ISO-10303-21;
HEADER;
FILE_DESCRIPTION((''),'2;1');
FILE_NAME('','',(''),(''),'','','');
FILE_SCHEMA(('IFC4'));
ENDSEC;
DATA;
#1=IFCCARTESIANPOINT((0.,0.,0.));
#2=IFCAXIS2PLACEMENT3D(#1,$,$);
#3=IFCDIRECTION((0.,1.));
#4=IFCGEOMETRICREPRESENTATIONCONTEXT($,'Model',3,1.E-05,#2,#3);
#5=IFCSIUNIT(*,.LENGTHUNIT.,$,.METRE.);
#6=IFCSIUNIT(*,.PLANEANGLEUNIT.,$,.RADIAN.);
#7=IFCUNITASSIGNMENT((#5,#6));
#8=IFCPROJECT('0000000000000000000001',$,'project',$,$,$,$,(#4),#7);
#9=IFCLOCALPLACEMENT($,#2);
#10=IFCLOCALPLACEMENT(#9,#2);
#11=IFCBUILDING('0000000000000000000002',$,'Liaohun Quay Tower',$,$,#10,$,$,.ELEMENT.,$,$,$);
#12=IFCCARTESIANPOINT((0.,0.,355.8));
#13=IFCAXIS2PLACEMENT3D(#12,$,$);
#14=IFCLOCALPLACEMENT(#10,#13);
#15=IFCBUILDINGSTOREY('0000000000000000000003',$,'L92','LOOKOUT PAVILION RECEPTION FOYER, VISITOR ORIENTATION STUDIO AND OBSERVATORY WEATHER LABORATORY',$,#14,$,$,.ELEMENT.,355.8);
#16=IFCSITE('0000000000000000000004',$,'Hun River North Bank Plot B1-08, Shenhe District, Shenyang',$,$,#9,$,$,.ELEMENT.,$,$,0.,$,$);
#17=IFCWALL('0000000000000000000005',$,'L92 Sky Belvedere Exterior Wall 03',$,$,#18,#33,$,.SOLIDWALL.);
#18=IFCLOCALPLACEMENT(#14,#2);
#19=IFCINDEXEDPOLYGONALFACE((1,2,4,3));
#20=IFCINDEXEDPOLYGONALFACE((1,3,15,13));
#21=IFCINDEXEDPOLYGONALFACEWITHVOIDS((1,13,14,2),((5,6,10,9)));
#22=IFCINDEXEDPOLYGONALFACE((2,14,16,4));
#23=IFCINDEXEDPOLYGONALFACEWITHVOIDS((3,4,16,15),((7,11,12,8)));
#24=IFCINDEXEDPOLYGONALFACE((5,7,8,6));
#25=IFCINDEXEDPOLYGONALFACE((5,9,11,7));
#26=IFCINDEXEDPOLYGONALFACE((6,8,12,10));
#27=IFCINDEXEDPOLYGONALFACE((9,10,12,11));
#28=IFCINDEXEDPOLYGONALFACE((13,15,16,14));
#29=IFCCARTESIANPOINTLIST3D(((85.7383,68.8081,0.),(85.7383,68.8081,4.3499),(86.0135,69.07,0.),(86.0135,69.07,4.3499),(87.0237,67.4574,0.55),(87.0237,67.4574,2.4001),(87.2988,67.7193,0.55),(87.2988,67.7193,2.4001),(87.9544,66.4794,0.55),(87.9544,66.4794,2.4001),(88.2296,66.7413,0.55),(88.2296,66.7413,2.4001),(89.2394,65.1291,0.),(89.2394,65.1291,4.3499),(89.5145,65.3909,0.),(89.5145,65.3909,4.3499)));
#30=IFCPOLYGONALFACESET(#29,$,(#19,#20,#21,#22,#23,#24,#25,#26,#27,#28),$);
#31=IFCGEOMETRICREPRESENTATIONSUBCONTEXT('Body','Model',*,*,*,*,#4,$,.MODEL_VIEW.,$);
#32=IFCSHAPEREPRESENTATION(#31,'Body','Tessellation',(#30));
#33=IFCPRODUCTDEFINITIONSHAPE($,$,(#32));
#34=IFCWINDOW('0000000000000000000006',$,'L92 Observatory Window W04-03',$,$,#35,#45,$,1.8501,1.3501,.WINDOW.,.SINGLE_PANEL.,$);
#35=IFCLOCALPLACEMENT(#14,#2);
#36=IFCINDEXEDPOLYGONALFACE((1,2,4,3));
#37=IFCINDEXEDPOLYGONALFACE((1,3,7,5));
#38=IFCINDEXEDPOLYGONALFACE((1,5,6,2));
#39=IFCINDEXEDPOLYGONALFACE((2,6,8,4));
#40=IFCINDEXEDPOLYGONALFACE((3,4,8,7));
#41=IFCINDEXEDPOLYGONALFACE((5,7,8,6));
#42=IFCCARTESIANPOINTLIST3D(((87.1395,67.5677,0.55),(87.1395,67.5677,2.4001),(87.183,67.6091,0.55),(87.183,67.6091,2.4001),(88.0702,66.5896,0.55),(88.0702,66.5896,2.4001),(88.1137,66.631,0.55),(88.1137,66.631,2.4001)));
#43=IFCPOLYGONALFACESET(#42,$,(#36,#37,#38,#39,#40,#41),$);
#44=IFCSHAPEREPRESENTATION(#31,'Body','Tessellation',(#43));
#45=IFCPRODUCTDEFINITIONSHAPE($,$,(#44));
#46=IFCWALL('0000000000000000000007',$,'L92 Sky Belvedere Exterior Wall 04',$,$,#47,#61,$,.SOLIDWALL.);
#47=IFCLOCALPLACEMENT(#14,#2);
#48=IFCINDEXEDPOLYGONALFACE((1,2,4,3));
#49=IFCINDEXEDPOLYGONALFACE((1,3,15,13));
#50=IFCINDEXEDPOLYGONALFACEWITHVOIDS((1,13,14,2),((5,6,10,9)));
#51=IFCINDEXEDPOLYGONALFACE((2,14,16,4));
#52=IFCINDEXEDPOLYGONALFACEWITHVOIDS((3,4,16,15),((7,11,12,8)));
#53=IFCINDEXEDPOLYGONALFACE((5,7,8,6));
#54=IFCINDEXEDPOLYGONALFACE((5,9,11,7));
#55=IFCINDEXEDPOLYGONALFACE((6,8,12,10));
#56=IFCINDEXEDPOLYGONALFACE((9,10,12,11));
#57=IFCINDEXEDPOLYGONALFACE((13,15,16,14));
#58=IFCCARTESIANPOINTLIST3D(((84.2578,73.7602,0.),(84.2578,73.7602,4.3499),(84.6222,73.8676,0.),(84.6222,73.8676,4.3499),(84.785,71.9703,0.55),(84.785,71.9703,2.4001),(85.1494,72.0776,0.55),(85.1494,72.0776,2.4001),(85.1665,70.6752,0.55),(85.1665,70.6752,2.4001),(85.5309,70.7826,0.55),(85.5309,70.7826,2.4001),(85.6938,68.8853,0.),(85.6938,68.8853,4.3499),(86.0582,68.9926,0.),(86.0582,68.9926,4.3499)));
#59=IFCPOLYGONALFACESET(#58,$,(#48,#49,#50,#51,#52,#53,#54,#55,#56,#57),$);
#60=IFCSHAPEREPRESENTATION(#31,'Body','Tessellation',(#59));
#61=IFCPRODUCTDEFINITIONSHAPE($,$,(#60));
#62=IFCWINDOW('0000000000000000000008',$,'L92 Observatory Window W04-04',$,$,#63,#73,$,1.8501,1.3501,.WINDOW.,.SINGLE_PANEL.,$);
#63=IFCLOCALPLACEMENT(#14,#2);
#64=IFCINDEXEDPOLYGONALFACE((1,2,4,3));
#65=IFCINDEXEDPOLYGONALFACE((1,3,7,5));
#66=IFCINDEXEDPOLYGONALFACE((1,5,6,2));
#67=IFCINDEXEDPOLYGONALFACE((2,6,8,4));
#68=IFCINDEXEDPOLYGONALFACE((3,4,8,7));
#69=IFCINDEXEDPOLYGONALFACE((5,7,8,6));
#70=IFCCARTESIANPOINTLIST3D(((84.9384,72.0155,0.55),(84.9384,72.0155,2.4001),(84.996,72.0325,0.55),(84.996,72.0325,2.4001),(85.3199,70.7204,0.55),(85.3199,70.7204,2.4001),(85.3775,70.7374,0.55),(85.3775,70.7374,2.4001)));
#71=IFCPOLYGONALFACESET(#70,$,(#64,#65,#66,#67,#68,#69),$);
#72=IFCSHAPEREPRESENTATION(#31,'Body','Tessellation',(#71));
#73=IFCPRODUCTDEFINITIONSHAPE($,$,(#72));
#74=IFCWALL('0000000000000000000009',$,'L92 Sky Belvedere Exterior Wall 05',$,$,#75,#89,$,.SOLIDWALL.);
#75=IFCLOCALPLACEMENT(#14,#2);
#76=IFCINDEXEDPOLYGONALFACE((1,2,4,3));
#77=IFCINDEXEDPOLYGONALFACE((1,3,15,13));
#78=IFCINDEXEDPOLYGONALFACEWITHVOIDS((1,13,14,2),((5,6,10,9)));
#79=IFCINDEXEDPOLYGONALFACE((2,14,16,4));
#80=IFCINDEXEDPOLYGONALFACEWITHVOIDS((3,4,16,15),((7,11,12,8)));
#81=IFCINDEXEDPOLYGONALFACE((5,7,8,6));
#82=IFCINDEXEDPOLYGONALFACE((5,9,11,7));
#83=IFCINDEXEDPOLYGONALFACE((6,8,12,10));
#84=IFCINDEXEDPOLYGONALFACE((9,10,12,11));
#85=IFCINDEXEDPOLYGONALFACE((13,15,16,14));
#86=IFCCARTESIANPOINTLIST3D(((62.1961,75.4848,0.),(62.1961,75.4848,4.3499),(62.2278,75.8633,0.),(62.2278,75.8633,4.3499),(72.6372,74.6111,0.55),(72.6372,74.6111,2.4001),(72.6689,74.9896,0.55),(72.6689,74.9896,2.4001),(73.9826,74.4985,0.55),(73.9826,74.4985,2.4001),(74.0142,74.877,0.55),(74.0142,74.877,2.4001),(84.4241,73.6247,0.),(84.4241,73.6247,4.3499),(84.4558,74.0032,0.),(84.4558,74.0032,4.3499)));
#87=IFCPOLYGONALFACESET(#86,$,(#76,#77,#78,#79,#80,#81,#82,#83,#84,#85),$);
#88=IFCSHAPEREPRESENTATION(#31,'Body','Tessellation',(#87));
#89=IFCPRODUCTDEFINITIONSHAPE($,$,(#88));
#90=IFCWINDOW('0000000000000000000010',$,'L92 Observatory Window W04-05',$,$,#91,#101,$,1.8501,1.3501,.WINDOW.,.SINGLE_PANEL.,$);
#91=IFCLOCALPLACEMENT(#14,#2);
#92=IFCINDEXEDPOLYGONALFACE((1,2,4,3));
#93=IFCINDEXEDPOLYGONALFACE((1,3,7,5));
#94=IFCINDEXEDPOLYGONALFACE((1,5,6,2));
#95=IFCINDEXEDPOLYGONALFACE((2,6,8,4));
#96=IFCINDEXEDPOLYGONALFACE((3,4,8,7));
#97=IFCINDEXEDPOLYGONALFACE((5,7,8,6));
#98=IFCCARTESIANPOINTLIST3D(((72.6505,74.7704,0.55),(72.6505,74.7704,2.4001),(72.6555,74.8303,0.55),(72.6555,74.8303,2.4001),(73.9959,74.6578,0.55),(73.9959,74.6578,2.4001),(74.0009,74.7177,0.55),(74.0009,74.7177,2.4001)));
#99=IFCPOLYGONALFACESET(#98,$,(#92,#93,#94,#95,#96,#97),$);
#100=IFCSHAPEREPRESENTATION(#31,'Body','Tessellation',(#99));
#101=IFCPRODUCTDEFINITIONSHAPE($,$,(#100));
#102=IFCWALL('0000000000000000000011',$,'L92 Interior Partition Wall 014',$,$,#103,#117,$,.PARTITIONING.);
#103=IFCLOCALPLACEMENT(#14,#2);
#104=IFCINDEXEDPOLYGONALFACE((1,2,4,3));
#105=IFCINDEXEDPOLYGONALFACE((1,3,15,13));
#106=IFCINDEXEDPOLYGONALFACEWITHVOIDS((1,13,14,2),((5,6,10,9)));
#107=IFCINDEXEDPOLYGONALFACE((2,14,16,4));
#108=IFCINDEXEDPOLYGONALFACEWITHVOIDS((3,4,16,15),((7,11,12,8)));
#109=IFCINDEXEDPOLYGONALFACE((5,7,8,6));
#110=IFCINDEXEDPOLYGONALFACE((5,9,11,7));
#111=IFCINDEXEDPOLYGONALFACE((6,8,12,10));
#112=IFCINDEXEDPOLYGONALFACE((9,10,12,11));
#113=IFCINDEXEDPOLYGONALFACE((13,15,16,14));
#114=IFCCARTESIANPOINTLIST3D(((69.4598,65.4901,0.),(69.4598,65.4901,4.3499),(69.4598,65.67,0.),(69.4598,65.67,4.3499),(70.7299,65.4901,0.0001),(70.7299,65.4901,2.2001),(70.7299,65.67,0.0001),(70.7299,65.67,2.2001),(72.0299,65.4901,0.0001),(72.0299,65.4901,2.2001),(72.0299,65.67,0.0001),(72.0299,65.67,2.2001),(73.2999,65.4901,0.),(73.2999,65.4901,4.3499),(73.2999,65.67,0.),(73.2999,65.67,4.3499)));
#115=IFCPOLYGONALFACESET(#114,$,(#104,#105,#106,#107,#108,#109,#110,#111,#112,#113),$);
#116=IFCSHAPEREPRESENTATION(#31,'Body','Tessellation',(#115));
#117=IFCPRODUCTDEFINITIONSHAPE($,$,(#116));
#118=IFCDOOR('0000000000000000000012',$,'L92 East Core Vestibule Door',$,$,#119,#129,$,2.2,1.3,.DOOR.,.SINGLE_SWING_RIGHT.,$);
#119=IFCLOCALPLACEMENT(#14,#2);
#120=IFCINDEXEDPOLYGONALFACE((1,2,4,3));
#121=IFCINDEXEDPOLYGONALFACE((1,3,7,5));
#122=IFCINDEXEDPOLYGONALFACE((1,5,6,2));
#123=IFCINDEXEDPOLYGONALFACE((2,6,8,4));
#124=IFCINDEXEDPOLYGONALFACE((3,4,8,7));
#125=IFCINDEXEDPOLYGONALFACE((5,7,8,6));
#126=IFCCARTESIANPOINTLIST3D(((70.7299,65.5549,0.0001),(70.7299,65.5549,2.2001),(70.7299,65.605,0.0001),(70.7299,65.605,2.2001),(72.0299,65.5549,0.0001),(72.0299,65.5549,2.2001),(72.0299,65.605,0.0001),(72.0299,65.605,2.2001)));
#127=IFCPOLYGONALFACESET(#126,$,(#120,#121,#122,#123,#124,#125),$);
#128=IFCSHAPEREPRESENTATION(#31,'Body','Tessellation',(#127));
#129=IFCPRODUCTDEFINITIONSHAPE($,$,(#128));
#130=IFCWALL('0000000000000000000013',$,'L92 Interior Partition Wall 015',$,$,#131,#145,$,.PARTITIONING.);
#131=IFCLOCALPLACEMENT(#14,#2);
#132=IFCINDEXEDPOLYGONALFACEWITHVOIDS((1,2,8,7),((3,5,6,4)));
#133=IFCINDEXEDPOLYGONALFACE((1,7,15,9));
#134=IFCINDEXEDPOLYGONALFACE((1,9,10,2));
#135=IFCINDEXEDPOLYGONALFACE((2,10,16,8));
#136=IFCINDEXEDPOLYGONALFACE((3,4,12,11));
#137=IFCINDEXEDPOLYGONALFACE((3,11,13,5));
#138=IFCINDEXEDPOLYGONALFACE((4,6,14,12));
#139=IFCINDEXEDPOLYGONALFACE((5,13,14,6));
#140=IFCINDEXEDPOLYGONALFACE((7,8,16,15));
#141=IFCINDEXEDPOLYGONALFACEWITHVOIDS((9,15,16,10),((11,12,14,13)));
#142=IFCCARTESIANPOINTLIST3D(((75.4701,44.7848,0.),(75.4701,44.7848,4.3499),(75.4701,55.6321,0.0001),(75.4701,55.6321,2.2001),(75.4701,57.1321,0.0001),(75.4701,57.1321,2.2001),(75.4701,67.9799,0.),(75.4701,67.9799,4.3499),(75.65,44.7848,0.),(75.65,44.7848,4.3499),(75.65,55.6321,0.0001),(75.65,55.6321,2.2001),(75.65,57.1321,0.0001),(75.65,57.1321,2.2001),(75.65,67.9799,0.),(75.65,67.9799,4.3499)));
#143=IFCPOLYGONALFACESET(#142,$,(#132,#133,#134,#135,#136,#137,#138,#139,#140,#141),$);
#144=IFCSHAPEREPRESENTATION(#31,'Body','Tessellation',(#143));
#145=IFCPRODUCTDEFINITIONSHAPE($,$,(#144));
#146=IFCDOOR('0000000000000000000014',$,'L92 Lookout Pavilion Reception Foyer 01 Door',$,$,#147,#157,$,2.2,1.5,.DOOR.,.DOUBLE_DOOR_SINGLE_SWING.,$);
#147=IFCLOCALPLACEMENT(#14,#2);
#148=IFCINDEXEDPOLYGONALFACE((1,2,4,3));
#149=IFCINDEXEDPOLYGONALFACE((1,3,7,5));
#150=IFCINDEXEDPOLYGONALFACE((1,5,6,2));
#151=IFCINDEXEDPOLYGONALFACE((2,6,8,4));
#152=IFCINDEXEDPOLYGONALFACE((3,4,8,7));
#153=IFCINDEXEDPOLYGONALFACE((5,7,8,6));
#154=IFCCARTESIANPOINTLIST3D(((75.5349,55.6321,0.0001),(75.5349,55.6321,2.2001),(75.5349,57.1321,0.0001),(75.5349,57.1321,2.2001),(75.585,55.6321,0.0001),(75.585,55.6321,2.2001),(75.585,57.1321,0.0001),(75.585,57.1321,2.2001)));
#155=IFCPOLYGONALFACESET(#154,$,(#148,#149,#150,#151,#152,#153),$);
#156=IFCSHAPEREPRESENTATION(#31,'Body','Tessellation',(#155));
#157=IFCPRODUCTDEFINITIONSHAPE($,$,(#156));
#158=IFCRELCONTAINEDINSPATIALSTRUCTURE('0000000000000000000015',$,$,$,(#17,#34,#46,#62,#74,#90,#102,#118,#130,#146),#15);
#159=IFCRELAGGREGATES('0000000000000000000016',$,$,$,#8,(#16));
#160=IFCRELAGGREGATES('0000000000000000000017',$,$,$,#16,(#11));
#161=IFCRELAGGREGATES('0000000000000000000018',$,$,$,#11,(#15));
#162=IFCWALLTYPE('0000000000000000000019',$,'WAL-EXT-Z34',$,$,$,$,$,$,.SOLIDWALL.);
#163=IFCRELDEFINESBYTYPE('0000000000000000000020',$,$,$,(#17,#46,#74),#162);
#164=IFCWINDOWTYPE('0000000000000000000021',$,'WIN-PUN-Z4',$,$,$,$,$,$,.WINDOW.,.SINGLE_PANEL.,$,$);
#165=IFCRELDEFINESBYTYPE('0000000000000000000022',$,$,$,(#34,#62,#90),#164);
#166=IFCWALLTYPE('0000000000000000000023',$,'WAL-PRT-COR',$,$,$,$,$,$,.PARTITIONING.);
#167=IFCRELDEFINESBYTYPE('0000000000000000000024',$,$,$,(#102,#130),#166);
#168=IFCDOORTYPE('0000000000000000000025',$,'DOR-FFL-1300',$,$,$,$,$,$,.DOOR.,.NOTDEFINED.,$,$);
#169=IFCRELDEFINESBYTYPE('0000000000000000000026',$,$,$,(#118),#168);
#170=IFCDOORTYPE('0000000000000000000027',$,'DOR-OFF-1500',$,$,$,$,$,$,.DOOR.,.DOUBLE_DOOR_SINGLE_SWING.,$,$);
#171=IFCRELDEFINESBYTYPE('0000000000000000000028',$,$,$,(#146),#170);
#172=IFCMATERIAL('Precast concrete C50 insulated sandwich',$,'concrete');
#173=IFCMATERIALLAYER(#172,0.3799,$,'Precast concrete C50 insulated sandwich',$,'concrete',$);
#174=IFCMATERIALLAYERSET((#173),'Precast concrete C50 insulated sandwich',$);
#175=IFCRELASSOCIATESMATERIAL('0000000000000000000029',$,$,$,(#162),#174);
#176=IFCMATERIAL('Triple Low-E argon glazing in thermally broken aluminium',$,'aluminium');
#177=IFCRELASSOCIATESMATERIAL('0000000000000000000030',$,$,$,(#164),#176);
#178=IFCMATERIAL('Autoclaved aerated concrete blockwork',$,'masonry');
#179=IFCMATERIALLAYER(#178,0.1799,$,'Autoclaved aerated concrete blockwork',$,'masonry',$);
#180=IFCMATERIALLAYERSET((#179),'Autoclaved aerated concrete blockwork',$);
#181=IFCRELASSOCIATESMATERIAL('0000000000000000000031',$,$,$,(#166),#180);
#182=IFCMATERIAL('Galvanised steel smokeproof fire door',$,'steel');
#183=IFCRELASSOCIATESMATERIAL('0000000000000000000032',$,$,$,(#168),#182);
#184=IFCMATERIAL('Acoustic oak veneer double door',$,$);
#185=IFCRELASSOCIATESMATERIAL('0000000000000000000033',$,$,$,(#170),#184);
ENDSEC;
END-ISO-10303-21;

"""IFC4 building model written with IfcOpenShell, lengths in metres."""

from ifc_helpers import new_model, si_unit, direction, frame, frame_2d, origin, place, context, subcontext, project, spatial, rectangle, extrude, source, transform, mapped, material, layer, layer_set, type_object, element, fill, save


model = new_model("IFC4")

# Units and contexts
model_context = context("Model", 3, precision=1e-05, world=origin(), true_north=direction((0.0, 1.0)))
body_context = subcontext(model_context, "Body", "Model", "MODEL_VIEW")
ifc_project = project(units=[si_unit("LENGTHUNIT", "METRE"), si_unit("PLANEANGLEUNIT", "RADIAN")], contexts=[model_context])

# Site, building, storey
site_placement = place(None, origin())
site = spatial("IfcSite", under=ifc_project, at=site_placement, Name="Hun River North Bank Plot B1-08, Shenhe District, Shenyang", CompositionType="ELEMENT", RefElevation=0.0)
building_placement = place(site_placement, origin())
building = spatial("IfcBuilding", under=site, at=building_placement, Name="Liaohun Quay Tower", CompositionType="ELEMENT")
storey_placement = place(building_placement, frame((0.0, 0.0, 355.8)))
storey = spatial("IfcBuildingStorey", under=building, at=storey_placement, Name="L92", Description="LOOKOUT PAVILION RECEPTION FOYER, VISITOR ORIENTATION STUDIO AND OBSERVATORY WEATHER LABORATORY", CompositionType="ELEMENT", Elevation=355.8)

# Walls, openings, windows
ifc_material_1 = material(Name="Precast concrete C50 insulated sandwich", Category="concrete")
ifc_layer_1 = layer(ifc_material_1, 0.3799, Name="Precast concrete C50 insulated sandwich", Category="concrete")
ifc_layer_set_1 = layer_set([ifc_layer_1], Name="Precast concrete C50 insulated sandwich")
wall_type_1 = type_object("IfcWallType", Name="WAL-EXT-Z34", PredefinedType="SOLIDWALL", material=ifc_layer_set_1)
wall_1_placement = place(storey_placement, frame((89.377, 65.26, 0.0), z_axis=(0.0, 0.0, 1.0), x_axis=(-0.689367, 0.724412, 0.0)))
wall_1 = element("IfcWall", 1, at=wall_1_placement, inside=storey, type_object=wall_type_1, Name="L92 Sky Belvedere Exterior Wall 03", PredefinedType="SOLIDWALL", context=body_context, shape_type="SweptSolid", body=[
    extrude(rectangle(XDim=5.0786, YDim=0.3799, at=frame_2d((2.5393, 0.0))), origin(), (0.0, 0.0, 1.0), 4.3499),
])
shared_shape_1 = source(origin(), body_context, "Body", "SweptSolid", [
    extrude(rectangle(XDim=1.3501, YDim=1.8501, at=frame_2d((0.675, 0.925))), frame((0.0, 0.2, 0.0), z_axis=(0.0, -1.0, 0.0), x_axis=(1.0, 0.0, 0.0)), (0.0, 0.0, 1.0), 0.3999),
])
opening_1_placement = place(wall_1_placement, frame((1.864, 0.0, 0.55)))
opening_1 = element("IfcOpeningElement", 2, at=opening_1_placement, cuts=wall_1, PredefinedType="OPENING", context=body_context, shape_type="MappedRepresentation", body=[
    mapped(shared_shape_1, transform((0.0, 0.0, 0.0), x_axis=(1.0, 0.0, 0.0), y_axis=(0.0, 1.0, 0.0), z_axis=(0.0, 0.0, 1.0), scale=1.0)),
])
ifc_material_2 = material(Name="Triple Low-E argon glazing in thermally broken aluminium", Category="aluminium")
window_type = type_object("IfcWindowType", Name="WIN-PUN-Z4", PartitioningType="SINGLE_PANEL", PredefinedType="WINDOW", material=ifc_material_2)
shared_shape_2 = source(origin(), body_context, "Body", "SweptSolid", [
    extrude(rectangle(XDim=1.3501, YDim=1.8501, at=frame_2d((0.675, 0.925))), frame((0.0, 0.03, 0.0), z_axis=(0.0, -1.0, 0.0), x_axis=(1.0, 0.0, 0.0)), (0.0, 0.0, 1.0), 0.0601),
])
window_1_placement = place(opening_1_placement, origin())
window_1 = element("IfcWindow", 3, at=window_1_placement, inside=storey, type_object=window_type, Name="L92 Observatory Window W04-03", OverallHeight=1.8501, OverallWidth=1.3501, PartitioningType="SINGLE_PANEL", PredefinedType="WINDOW", context=body_context, shape_type="MappedRepresentation", body=[
    mapped(shared_shape_2, transform((0.0, 0.0, 0.0), x_axis=(1.0, 0.0, 0.0), y_axis=(0.0, 1.0, 0.0), z_axis=(0.0, 0.0, 1.0), scale=1.0)),
])
fill(opening_1, window_1)
wall_2_placement = place(storey_placement, frame((85.876, 68.939, 0.0), z_axis=(0.0, 0.0, 1.0), x_axis=(-0.282567, 0.959248, 0.0)))
wall_2 = element("IfcWall", 4, at=wall_2_placement, inside=storey, type_object=wall_type_1, Name="L92 Sky Belvedere Exterior Wall 04", PredefinedType="SOLIDWALL", context=body_context, shape_type="SweptSolid", body=[
    extrude(rectangle(XDim=5.082, YDim=0.3799, at=frame_2d((2.541, 0.0))), origin(), (0.0, 0.0, 1.0), 4.3499),
])
opening_2_placement = place(wall_2_placement, frame((1.866, 0.0, 0.55)))
opening_2 = element("IfcOpeningElement", 5, at=opening_2_placement, cuts=wall_2, PredefinedType="OPENING", context=body_context, shape_type="MappedRepresentation", body=[
    mapped(shared_shape_1, transform((0.0, 0.0, 0.0), x_axis=(1.0, 0.0, 0.0), y_axis=(0.0, 1.0, 0.0), z_axis=(0.0, 0.0, 1.0), scale=1.0)),
])
window_2_placement = place(opening_2_placement, origin())
window_2 = element("IfcWindow", 6, at=window_2_placement, inside=storey, type_object=window_type, Name="L92 Observatory Window W04-04", OverallHeight=1.8501, OverallWidth=1.3501, PartitioningType="SINGLE_PANEL", PredefinedType="WINDOW", context=body_context, shape_type="MappedRepresentation", body=[
    mapped(shared_shape_2, transform((0.0, 0.0, 0.0), x_axis=(1.0, 0.0, 0.0), y_axis=(0.0, 1.0, 0.0), z_axis=(0.0, 0.0, 1.0), scale=1.0)),
])
fill(opening_2, window_2)
wall_3_placement = place(storey_placement, frame((84.4399, 73.814, 0.0), z_axis=(0.0, 0.0, 1.0), x_axis=(-0.996517, 0.083391, 0.0)))
wall_3 = element("IfcWall", 7, at=wall_3_placement, inside=storey, type_object=wall_type_1, Name="L92 Sky Belvedere Exterior Wall 05", PredefinedType="SOLIDWALL", context=body_context, shape_type="SweptSolid", body=[
    extrude(rectangle(XDim=22.3057, YDim=0.3799, at=frame_2d((11.1528, 0.0))), origin(), (0.0, 0.0, 1.0), 4.3499),
])
opening_3_placement = place(wall_3_placement, frame((10.478, 0.0, 0.55)))
opening_3 = element("IfcOpeningElement", 8, at=opening_3_placement, cuts=wall_3, PredefinedType="OPENING", context=body_context, shape_type="MappedRepresentation", body=[
    mapped(shared_shape_1, transform((0.0, 0.0, 0.0), x_axis=(1.0, 0.0, 0.0), y_axis=(0.0, 1.0, 0.0), z_axis=(0.0, 0.0, 1.0), scale=1.0)),
])
window_3_placement = place(opening_3_placement, origin())
window_3 = element("IfcWindow", 9, at=window_3_placement, inside=storey, type_object=window_type, Name="L92 Observatory Window W04-05", OverallHeight=1.8501, OverallWidth=1.3501, PartitioningType="SINGLE_PANEL", PredefinedType="WINDOW", context=body_context, shape_type="MappedRepresentation", body=[
    mapped(shared_shape_2, transform((0.0, 0.0, 0.0), x_axis=(1.0, 0.0, 0.0), y_axis=(0.0, 1.0, 0.0), z_axis=(0.0, 0.0, 1.0), scale=1.0)),
])
fill(opening_3, window_3)

# Walls, openings, doors
ifc_material_3 = material(Name="Autoclaved aerated concrete blockwork", Category="masonry")
ifc_layer_2 = layer(ifc_material_3, 0.1799, Name="Autoclaved aerated concrete blockwork", Category="masonry")
ifc_layer_set_2 = layer_set([ifc_layer_2], Name="Autoclaved aerated concrete blockwork")
wall_type_2 = type_object("IfcWallType", Name="WAL-PRT-COR", PredefinedType="PARTITIONING", material=ifc_layer_set_2)
wall_4_placement = place(storey_placement, frame((69.46, 65.5801, 0.0), z_axis=(0.0, 0.0, 1.0), x_axis=(1.0, 0.0, 0.0)))
wall_4 = element("IfcWall", 10, at=wall_4_placement, inside=storey, type_object=wall_type_2, Name="L92 Interior Partition Wall 014", PredefinedType="PARTITIONING", context=body_context, shape_type="SweptSolid", body=[
    extrude(rectangle(XDim=3.8401, YDim=0.1799, at=frame_2d((1.9199, 0.0))), origin(), (0.0, 0.0, 1.0), 4.3499),
])
shared_shape_3 = source(origin(), body_context, "Body", "SweptSolid", [
    extrude(rectangle(XDim=1.3, YDim=2.2, at=frame_2d((0.6499, 1.1001))), frame((0.0, 0.0999, 0.0), z_axis=(0.0, -1.0, 0.0), x_axis=(1.0, 0.0, 0.0)), (0.0, 0.0, 1.0), 0.2),
])
opening_4_placement = place(wall_4_placement, frame((1.27, 0.0, 0.0)))
opening_4 = element("IfcOpeningElement", 11, at=opening_4_placement, cuts=wall_4, PredefinedType="OPENING", context=body_context, shape_type="MappedRepresentation", body=[
    mapped(shared_shape_3, transform((0.0, 0.0, 0.0), x_axis=(1.0, 0.0, 0.0), y_axis=(0.0, 1.0, 0.0), z_axis=(0.0, 0.0, 1.0), scale=1.0)),
])
ifc_material_4 = material(Name="Galvanised steel smokeproof fire door", Category="steel")
door_type_1 = type_object("IfcDoorType", Name="DOR-FFL-1300", OperationType="NOTDEFINED", PredefinedType="DOOR", material=ifc_material_4)
shared_shape_4 = source(origin(), body_context, "Body", "SweptSolid", [
    extrude(rectangle(XDim=1.3, YDim=2.2, at=frame_2d((0.6499, 1.1001))), frame((0.0, 0.0249, 0.0), z_axis=(0.0, -1.0, 0.0), x_axis=(1.0, 0.0, 0.0)), (0.0, 0.0, 1.0), 0.05),
])
door_1_placement = place(opening_4_placement, origin())
door_1 = element("IfcDoor", 12, at=door_1_placement, inside=storey, type_object=door_type_1, Name="L92 East Core Vestibule Door", OperationType="SINGLE_SWING_RIGHT", OverallHeight=2.2, OverallWidth=1.3, PredefinedType="DOOR", context=body_context, shape_type="MappedRepresentation", body=[
    mapped(shared_shape_4, transform((0.0, 0.0, 0.0), x_axis=(1.0, 0.0, 0.0), y_axis=(0.0, 1.0, 0.0), z_axis=(0.0, 0.0, 1.0), scale=1.0)),
])
fill(opening_4, door_1)
wall_5_placement = place(storey_placement, frame((75.5601, 67.98, 0.0), z_axis=(0.0, 0.0, 1.0), x_axis=(0.0, -1.0, 0.0)))
wall_5 = element("IfcWall", 13, at=wall_5_placement, inside=storey, type_object=wall_type_2, Name="L92 Interior Partition Wall 015", PredefinedType="PARTITIONING", context=body_context, shape_type="SweptSolid", body=[
    extrude(rectangle(XDim=23.1951, YDim=0.1799, at=frame_2d((11.5977, 0.0))), origin(), (0.0, 0.0, 1.0), 4.3499),
])
shared_shape_5 = source(origin(), body_context, "Body", "SweptSolid", [
    extrude(rectangle(XDim=1.5, YDim=2.2, at=frame_2d((0.75, 1.1001))), frame((0.0, 0.0999, 0.0), z_axis=(0.0, -1.0, 0.0), x_axis=(1.0, 0.0, 0.0)), (0.0, 0.0, 1.0), 0.2),
])
opening_5_placement = place(wall_5_placement, frame((10.8479, 0.0, 0.0)))
opening_5 = element("IfcOpeningElement", 14, at=opening_5_placement, cuts=wall_5, PredefinedType="OPENING", context=body_context, shape_type="MappedRepresentation", body=[
    mapped(shared_shape_5, transform((0.0, 0.0, 0.0), x_axis=(1.0, 0.0, 0.0), y_axis=(0.0, 1.0, 0.0), z_axis=(0.0, 0.0, 1.0), scale=1.0)),
])
ifc_material_5 = material(Name="Acoustic oak veneer double door")
door_type_2 = type_object("IfcDoorType", Name="DOR-OFF-1500", OperationType="DOUBLE_DOOR_SINGLE_SWING", PredefinedType="DOOR", material=ifc_material_5)
shared_shape_6 = source(origin(), body_context, "Body", "SweptSolid", [
    extrude(rectangle(XDim=1.5, YDim=2.2, at=frame_2d((0.75, 1.1001))), frame((0.0, 0.0249, 0.0), z_axis=(0.0, -1.0, 0.0), x_axis=(1.0, 0.0, 0.0)), (0.0, 0.0, 1.0), 0.05),
])
door_2_placement = place(opening_5_placement, origin())
door_2 = element("IfcDoor", 15, at=door_2_placement, inside=storey, type_object=door_type_2, Name="L92 Lookout Pavilion Reception Foyer 01 Door", OperationType="DOUBLE_DOOR_SINGLE_SWING", OverallHeight=2.2, OverallWidth=1.5, PredefinedType="DOOR", context=body_context, shape_type="MappedRepresentation", body=[
    mapped(shared_shape_6, transform((0.0, 0.0, 0.0), x_axis=(1.0, 0.0, 0.0), y_axis=(0.0, 1.0, 0.0), z_axis=(0.0, 0.0, 1.0), scale=1.0)),
])
fill(opening_5, door_2)

save(model, "model.ifc")
